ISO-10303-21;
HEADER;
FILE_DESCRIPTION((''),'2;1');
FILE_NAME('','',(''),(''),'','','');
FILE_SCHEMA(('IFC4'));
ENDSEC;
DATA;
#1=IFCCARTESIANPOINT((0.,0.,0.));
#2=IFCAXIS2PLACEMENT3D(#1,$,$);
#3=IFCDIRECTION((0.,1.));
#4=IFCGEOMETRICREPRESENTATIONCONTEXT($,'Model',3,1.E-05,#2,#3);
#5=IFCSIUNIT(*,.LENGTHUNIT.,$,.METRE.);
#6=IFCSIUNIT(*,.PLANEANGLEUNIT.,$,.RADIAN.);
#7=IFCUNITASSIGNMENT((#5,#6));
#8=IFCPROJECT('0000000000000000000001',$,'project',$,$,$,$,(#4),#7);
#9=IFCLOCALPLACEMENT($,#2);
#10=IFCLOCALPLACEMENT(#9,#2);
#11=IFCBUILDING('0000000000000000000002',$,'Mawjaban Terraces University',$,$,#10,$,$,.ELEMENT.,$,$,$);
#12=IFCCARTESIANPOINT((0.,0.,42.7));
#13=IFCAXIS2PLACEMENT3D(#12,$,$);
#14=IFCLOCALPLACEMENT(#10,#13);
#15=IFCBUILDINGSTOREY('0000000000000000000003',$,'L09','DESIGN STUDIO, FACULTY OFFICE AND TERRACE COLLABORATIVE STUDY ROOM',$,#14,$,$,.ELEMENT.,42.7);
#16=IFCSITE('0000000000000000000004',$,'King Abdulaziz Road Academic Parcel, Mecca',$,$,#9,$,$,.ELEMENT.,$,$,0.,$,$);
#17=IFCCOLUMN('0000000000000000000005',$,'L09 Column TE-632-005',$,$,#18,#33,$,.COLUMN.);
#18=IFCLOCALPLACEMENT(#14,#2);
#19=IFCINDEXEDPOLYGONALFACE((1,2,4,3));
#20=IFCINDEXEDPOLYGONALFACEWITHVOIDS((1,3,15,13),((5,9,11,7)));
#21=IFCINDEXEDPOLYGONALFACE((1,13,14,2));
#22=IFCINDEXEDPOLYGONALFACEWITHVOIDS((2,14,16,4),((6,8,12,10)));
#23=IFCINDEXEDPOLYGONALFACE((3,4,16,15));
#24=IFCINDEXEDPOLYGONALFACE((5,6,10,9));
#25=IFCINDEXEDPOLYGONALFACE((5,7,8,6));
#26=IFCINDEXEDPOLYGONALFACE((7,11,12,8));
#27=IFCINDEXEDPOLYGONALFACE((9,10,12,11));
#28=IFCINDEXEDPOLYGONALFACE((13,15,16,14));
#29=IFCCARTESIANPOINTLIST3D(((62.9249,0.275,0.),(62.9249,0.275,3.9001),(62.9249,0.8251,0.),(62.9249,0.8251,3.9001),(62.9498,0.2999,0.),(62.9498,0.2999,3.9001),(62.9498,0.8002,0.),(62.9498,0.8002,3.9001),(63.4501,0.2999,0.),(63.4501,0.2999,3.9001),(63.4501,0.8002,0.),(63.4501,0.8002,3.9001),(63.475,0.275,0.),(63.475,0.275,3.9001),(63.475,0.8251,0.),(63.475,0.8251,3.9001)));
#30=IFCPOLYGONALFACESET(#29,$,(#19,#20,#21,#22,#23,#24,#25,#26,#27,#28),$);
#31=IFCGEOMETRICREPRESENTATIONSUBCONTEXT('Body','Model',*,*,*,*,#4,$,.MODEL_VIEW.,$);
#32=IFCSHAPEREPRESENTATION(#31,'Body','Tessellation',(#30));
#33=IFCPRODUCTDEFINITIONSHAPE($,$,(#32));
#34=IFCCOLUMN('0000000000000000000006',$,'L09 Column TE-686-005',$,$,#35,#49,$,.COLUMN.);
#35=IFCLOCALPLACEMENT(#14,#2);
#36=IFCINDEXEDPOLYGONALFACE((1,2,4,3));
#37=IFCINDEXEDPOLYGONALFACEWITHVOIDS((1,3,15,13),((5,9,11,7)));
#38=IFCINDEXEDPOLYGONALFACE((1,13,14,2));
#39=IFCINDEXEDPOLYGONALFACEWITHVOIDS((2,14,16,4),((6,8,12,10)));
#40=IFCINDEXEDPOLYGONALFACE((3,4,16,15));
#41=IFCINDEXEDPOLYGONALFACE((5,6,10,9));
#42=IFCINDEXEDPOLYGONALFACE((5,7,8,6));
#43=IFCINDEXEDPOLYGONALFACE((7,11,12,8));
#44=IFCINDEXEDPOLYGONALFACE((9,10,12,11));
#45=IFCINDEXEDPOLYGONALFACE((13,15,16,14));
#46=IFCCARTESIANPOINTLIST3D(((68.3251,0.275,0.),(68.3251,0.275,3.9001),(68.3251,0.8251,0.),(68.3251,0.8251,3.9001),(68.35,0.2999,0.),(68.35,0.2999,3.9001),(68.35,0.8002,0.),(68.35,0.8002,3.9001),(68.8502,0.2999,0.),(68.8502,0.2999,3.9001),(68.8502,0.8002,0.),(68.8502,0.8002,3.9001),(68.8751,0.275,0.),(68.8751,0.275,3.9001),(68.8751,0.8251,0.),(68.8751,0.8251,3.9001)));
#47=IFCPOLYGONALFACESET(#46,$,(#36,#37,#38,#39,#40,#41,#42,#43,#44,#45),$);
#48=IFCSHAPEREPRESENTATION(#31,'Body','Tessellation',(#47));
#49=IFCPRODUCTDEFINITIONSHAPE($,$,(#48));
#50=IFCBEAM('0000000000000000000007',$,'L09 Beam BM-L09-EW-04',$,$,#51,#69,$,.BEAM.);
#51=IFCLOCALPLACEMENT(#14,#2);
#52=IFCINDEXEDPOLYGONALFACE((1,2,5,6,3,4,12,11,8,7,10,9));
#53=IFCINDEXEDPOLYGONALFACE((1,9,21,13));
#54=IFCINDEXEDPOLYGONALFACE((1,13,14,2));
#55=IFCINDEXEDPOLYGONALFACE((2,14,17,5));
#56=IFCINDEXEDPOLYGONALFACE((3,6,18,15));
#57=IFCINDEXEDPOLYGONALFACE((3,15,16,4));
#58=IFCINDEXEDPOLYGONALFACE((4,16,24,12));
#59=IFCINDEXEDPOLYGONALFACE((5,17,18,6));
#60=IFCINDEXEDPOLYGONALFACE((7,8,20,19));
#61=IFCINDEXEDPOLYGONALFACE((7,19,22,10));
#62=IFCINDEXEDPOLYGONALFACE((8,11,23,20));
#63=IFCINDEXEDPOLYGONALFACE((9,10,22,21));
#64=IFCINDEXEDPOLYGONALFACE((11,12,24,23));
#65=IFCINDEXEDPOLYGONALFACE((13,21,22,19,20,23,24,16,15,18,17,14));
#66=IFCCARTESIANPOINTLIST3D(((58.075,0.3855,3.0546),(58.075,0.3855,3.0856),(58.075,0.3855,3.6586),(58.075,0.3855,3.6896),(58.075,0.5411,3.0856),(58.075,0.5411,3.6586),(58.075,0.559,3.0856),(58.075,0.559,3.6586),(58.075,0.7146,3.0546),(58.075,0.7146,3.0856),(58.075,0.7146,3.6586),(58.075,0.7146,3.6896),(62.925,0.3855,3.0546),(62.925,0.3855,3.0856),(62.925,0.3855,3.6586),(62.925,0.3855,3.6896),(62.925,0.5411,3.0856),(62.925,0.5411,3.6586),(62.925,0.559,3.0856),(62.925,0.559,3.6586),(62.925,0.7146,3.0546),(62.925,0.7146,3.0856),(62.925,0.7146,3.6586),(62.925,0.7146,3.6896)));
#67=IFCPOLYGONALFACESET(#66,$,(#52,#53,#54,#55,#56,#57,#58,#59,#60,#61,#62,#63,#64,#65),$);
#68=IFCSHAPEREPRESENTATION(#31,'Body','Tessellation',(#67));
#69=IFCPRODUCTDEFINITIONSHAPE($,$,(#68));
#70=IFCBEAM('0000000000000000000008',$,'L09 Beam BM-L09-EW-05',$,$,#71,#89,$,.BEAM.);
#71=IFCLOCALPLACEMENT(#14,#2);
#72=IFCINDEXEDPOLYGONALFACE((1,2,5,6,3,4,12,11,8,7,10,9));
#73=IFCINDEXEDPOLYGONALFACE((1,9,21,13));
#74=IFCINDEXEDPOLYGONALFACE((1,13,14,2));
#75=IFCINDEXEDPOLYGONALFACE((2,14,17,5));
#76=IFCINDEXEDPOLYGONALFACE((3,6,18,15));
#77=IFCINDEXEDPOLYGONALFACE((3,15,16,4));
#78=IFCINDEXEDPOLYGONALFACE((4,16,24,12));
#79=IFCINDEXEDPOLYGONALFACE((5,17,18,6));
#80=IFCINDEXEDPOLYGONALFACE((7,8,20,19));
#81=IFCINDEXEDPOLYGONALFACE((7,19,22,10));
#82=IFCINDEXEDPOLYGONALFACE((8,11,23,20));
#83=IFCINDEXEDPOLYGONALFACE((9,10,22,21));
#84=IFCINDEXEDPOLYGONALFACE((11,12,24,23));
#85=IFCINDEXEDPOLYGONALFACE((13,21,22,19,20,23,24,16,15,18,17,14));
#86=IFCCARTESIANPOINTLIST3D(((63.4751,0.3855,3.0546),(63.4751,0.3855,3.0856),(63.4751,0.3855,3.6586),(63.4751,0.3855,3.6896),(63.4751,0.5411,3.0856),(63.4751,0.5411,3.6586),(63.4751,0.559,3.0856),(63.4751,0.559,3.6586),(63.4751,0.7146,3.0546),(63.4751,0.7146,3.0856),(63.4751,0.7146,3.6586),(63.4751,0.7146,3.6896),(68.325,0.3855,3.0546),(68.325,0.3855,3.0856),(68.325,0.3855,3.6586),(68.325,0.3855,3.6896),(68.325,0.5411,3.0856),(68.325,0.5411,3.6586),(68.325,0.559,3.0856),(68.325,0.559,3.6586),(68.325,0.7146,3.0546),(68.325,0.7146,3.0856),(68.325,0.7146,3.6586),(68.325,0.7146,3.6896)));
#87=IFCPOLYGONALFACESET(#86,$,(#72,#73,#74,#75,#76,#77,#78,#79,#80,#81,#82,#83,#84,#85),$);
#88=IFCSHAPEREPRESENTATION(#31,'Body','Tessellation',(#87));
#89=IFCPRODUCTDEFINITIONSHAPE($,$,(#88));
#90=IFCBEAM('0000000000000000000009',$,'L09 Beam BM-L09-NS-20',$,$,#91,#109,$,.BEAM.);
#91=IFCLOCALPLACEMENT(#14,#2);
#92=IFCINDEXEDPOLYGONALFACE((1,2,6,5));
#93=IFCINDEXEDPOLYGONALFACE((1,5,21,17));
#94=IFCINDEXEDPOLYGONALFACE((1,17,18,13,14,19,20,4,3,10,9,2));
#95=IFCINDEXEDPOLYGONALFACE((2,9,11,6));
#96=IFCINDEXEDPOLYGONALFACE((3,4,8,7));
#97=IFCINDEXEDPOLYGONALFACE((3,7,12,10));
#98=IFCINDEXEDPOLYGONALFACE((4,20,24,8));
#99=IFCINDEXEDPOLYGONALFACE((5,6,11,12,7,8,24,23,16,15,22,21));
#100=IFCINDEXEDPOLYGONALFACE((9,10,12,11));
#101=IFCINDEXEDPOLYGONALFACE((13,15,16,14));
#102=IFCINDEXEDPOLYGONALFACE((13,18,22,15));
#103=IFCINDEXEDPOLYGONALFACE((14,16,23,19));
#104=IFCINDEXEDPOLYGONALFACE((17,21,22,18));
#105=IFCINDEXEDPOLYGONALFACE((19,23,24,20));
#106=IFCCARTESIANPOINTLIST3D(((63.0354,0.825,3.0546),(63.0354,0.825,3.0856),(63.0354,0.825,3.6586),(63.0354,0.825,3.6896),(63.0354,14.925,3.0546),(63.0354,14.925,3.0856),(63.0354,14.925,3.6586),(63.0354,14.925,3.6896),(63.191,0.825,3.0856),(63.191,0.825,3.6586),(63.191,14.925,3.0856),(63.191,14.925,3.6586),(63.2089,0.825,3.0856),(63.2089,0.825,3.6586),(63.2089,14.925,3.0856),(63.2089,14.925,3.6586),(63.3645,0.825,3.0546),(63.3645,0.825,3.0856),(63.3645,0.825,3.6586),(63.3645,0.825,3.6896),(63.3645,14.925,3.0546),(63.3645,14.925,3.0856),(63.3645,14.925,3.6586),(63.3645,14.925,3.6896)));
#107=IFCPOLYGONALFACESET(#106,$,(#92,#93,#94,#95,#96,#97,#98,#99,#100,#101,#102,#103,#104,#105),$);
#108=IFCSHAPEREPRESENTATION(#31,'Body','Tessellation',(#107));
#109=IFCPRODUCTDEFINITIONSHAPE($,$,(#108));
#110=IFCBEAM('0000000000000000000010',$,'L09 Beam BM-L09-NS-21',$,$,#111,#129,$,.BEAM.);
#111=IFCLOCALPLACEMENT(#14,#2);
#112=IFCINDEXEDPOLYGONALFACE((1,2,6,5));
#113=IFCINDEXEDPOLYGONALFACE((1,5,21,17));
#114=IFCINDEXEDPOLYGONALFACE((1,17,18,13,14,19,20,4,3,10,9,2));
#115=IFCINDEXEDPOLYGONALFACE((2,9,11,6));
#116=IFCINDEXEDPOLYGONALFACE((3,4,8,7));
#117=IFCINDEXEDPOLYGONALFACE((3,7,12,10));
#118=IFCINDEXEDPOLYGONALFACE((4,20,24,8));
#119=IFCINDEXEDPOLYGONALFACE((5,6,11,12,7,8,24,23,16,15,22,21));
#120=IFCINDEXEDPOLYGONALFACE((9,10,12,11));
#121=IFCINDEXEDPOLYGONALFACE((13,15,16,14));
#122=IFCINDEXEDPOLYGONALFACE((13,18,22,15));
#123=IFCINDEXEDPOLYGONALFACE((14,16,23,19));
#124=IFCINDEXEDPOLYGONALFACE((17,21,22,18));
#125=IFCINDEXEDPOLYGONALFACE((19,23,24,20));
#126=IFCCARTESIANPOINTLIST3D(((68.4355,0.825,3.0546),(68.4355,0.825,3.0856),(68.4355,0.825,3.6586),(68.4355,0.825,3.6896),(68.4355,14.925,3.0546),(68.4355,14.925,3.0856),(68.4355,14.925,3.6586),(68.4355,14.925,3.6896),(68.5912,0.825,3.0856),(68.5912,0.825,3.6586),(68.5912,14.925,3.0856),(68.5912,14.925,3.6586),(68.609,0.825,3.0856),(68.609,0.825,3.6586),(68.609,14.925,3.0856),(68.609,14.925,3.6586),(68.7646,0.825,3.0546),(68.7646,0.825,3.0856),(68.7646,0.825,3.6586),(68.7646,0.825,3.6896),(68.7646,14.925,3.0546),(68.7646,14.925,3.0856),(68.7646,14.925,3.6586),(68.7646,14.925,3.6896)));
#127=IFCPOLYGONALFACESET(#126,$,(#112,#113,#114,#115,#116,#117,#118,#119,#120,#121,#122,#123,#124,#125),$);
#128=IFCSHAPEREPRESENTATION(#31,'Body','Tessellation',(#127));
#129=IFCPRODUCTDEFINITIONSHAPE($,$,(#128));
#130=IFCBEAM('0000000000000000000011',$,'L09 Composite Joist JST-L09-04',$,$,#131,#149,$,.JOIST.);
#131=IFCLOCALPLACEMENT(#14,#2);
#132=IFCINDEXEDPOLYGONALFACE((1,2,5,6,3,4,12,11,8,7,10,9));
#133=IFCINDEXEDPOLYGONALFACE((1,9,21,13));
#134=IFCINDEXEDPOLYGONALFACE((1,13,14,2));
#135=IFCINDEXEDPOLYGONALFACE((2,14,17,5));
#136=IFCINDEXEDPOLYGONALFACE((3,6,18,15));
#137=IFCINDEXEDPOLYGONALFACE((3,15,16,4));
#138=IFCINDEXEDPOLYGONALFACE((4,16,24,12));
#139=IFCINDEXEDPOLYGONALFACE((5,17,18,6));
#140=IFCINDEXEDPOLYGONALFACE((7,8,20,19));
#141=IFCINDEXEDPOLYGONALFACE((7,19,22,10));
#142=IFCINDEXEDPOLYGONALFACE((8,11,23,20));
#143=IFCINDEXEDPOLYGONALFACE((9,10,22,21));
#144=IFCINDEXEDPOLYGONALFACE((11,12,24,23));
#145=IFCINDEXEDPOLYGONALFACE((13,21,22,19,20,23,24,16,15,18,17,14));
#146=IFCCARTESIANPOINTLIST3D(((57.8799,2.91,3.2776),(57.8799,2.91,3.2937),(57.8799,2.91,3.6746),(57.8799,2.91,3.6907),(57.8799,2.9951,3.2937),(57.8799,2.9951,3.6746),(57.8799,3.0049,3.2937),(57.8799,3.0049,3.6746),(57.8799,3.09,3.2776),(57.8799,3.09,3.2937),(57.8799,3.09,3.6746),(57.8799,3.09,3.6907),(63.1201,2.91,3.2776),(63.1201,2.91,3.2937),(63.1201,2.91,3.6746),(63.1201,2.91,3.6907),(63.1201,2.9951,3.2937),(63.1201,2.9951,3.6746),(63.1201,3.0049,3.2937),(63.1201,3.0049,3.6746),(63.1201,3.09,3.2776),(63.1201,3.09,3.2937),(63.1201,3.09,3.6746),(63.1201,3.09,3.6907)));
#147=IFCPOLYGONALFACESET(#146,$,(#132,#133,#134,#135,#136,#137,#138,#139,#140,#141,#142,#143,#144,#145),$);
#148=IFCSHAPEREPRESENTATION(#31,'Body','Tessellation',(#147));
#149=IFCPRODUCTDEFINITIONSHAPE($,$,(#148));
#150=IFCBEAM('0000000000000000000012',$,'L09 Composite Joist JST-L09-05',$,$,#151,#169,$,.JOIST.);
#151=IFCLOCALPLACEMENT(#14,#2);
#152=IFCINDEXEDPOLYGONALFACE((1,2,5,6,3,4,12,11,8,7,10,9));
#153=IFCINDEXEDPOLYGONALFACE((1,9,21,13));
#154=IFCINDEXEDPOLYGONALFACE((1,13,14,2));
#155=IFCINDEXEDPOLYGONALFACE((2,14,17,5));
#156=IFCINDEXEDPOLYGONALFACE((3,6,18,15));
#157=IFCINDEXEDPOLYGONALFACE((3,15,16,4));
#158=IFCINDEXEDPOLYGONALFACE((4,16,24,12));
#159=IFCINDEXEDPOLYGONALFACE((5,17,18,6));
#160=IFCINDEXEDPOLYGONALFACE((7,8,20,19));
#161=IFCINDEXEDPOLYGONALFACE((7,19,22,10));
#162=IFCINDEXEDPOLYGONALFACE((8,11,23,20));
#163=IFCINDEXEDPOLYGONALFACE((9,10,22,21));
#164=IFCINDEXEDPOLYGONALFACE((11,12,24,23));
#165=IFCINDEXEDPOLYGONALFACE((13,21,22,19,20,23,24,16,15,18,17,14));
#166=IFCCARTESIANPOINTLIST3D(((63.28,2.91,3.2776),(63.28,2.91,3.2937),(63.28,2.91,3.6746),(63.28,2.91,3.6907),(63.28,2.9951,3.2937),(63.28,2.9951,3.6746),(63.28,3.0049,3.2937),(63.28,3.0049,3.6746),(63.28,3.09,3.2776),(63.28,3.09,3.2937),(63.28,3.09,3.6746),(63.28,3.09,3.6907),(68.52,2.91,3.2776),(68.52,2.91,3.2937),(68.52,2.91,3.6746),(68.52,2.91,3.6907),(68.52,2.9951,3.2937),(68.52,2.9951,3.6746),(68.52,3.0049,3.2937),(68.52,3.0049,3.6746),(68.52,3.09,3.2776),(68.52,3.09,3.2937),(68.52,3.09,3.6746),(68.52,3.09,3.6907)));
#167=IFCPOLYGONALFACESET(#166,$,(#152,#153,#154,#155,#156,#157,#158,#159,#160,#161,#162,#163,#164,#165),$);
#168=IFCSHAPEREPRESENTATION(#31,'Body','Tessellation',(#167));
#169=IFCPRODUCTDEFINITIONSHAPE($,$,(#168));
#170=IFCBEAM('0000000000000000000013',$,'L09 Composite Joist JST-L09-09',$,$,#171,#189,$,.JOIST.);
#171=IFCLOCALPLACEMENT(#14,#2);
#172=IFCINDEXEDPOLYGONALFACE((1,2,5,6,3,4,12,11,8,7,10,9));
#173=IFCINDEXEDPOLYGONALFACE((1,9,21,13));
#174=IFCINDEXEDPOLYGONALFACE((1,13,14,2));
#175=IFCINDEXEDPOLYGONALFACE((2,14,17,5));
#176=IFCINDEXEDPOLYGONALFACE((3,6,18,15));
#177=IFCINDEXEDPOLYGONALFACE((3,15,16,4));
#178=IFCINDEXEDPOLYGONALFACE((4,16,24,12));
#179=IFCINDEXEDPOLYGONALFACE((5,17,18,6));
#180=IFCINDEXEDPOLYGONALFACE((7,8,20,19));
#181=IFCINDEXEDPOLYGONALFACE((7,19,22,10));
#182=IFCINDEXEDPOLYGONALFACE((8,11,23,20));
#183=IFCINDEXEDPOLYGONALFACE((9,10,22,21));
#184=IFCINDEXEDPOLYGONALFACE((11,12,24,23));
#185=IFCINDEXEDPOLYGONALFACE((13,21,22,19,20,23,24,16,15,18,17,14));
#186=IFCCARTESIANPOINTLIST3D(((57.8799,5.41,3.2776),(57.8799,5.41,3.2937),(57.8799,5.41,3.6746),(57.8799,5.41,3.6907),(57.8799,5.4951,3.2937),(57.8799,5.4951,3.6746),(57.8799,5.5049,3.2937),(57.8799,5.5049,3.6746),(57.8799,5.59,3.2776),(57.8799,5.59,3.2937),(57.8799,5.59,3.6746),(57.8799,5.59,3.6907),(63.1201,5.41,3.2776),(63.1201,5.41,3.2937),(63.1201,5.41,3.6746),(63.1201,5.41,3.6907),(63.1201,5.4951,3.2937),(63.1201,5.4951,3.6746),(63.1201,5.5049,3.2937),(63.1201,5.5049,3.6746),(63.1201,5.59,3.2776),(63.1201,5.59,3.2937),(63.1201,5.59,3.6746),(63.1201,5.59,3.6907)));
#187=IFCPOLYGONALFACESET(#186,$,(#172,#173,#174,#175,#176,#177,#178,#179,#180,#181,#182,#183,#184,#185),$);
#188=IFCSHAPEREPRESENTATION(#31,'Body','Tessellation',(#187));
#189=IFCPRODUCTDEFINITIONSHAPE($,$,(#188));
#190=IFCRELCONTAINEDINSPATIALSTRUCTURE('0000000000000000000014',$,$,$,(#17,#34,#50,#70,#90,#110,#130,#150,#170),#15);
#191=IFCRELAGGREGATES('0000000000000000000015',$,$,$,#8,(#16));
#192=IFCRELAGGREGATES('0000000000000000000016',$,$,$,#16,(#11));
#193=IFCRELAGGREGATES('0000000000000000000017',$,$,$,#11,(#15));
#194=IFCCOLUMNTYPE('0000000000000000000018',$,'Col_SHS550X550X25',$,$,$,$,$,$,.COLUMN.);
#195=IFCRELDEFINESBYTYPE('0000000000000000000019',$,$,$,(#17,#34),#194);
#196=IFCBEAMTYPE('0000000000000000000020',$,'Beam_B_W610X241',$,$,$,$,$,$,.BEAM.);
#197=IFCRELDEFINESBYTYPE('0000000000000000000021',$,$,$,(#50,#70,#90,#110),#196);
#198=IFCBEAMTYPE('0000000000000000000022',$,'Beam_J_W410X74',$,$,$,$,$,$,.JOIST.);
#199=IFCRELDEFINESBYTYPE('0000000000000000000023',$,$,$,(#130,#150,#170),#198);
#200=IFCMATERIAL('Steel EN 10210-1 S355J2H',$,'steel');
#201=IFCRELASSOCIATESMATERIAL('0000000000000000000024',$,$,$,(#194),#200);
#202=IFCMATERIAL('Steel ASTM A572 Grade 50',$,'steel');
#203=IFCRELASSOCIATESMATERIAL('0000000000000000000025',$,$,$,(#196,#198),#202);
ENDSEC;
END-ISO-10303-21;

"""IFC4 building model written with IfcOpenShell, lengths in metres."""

from ifc_helpers import new_model, si_unit, direction, frame, origin, origin_2d, place, context, subcontext, project, spatial, hollow_rectangle, i_section, extrude, material, material_profile, profile_set, type_object, element, save


model = new_model("IFC4")

# Units and contexts
model_context = context("Model", 3, precision=1e-05, world=origin(), true_north=direction((0.0, 1.0)))
body_context = subcontext(model_context, "Body", "Model", "MODEL_VIEW")
ifc_project = project(units=[si_unit("LENGTHUNIT", "METRE"), si_unit("PLANEANGLEUNIT", "RADIAN")], contexts=[model_context])

# Site, building, storey
site_placement = place(None, origin())
site = spatial("IfcSite", under=ifc_project, at=site_placement, Name="King Abdulaziz Road Academic Parcel, Mecca", CompositionType="ELEMENT", RefElevation=0.0)
building_placement = place(site_placement, origin())
building = spatial("IfcBuilding", under=site, at=building_placement, Name="Mawjaban Terraces University", CompositionType="ELEMENT")
storey_placement = place(building_placement, frame((0.0, 0.0, 42.7)))
storey = spatial("IfcBuildingStorey", under=building, at=storey_placement, Name="L09", Description="DESIGN STUDIO, FACULTY OFFICE AND TERRACE COLLABORATIVE STUDY ROOM", CompositionType="ELEMENT", Elevation=42.7)

# Columns
ifc_material_1 = material(Name="Steel EN 10210-1 S355J2H", Category="steel")
ifc_material_profile_1 = material_profile(ifc_material_1, hollow_rectangle(XDim=0.55, YDim=0.55, WallThickness=0.0249, at=origin_2d()), Name="SHS550X550X25")
ifc_profile_set_1 = profile_set([ifc_material_profile_1], Name="Steel EN 10210-1 S355J2H")
column_type = type_object("IfcColumnType", Name="Col_SHS550X550X25", PredefinedType="COLUMN", material=ifc_profile_set_1)
for number, where, z_axis, x_axis, name in (
    (1, (63.2, 0.55, 0.0), (0.0, 0.0, 1.0), (1.0, 0.0, 0.0), "L09 Column TE-632-005"),
    (2, (68.6001, 0.55, 0.0), (0.0, 0.0, 1.0), (1.0, 0.0, 0.0), "L09 Column TE-686-005"),
):
    element("IfcColumn", number, at=place(storey_placement, frame(where, z_axis=z_axis, x_axis=x_axis)), inside=storey, type_object=column_type, Name=name, PredefinedType="COLUMN", context=body_context, shape_type="SweptSolid", body=[
        extrude(hollow_rectangle(XDim=0.55, YDim=0.55, WallThickness=0.0249, at=origin_2d()), origin(), (0.0, 0.0, 1.0), 3.9001),
    ])

# Beams
ifc_material_2 = material(Name="Steel ASTM A572 Grade 50", Category="steel")
ifc_material_profile_2 = material_profile(ifc_material_2, i_section(OverallWidth=0.3291, OverallDepth=0.635, WebThickness=0.0178, FlangeThickness=0.031, at=origin_2d()), Name="W610X241")
ifc_profile_set_2 = profile_set([ifc_material_profile_2], Name="Steel ASTM A572 Grade 50")
beam_type_1 = type_object("IfcBeamType", Name="Beam_B_W610X241", PredefinedType="BEAM", material=ifc_profile_set_2)
beam_1_placement = place(storey_placement, frame((58.075, 0.55, 3.3721), z_axis=(1.0, 0.0, 0.0), x_axis=(0.0, 1.0, 0.0)))
element("IfcBeam", 3, at=beam_1_placement, inside=storey, type_object=beam_type_1, Name="L09 Beam BM-L09-EW-04", PredefinedType="BEAM", context=body_context, shape_type="SweptSolid", body=[
    extrude(i_section(OverallWidth=0.3291, OverallDepth=0.635, WebThickness=0.0178, FlangeThickness=0.031, at=origin_2d()), origin(), (0.0, 0.0, 1.0), 4.8501),
])
beam_2_placement = place(storey_placement, frame((63.4751, 0.55, 3.3721), z_axis=(1.0, 0.0, 0.0), x_axis=(0.0, 1.0, 0.0)))
element("IfcBeam", 4, at=beam_2_placement, inside=storey, type_object=beam_type_1, Name="L09 Beam BM-L09-EW-05", PredefinedType="BEAM", context=body_context, shape_type="SweptSolid", body=[
    extrude(i_section(OverallWidth=0.3291, OverallDepth=0.635, WebThickness=0.0178, FlangeThickness=0.031, at=origin_2d()), origin(), (0.0, 0.0, 1.0), 4.8499),
])
for number, where, z_axis, x_axis, name in (
    (5, (63.2, 0.825, 3.3721), (0.0, 1.0, 0.0), (-1.0, 0.0, 0.0), "L09 Beam BM-L09-NS-20"),
    (6, (68.6001, 0.825, 3.3721), (0.0, 1.0, 0.0), (-1.0, 0.0, 0.0), "L09 Beam BM-L09-NS-21"),
):
    element("IfcBeam", number, at=place(storey_placement, frame(where, z_axis=z_axis, x_axis=x_axis)), inside=storey, type_object=beam_type_1, Name=name, PredefinedType="BEAM", context=body_context, shape_type="SweptSolid", body=[
        extrude(i_section(OverallWidth=0.3291, OverallDepth=0.635, WebThickness=0.0178, FlangeThickness=0.031, at=origin_2d()), origin(), (0.0, 0.0, 1.0), 14.1001),
    ])
ifc_material_profile_3 = material_profile(ifc_material_2, i_section(OverallWidth=0.1799, OverallDepth=0.4131, WebThickness=0.0098, FlangeThickness=0.0161, at=origin_2d()), Name="W410X74")
ifc_profile_set_3 = profile_set([ifc_material_profile_3], Name="Steel ASTM A572 Grade 50")
beam_type_2 = type_object("IfcBeamType", Name="Beam_J_W410X74", PredefinedType="JOIST", material=ifc_profile_set_3)
beam_3_placement = place(storey_placement, frame((57.8799, 3.0, 3.4841), z_axis=(1.0, 0.0, 0.0), x_axis=(0.0, 1.0, 0.0)))
element("IfcBeam", 7, at=beam_3_placement, inside=storey, type_object=beam_type_2, Name="L09 Composite Joist JST-L09-04", PredefinedType="JOIST", context=body_context, shape_type="SweptSolid", body=[
    extrude(i_section(OverallWidth=0.1799, OverallDepth=0.4131, WebThickness=0.0098, FlangeThickness=0.0161, at=origin_2d()), origin(), (0.0, 0.0, 1.0), 5.2402),
])
beam_4_placement = place(storey_placement, frame((63.28, 3.0, 3.4841), z_axis=(1.0, 0.0, 0.0), x_axis=(0.0, 1.0, 0.0)))
element("IfcBeam", 8, at=beam_4_placement, inside=storey, type_object=beam_type_2, Name="L09 Composite Joist JST-L09-05", PredefinedType="JOIST", context=body_context, shape_type="SweptSolid", body=[
    extrude(i_section(OverallWidth=0.1799, OverallDepth=0.4131, WebThickness=0.0098, FlangeThickness=0.0161, at=origin_2d()), origin(), (0.0, 0.0, 1.0), 5.24),
])
beam_5_placement = place(storey_placement, frame((57.8799, 5.5, 3.4841), z_axis=(1.0, 0.0, 0.0), x_axis=(0.0, 1.0, 0.0)))
element("IfcBeam", 9, at=beam_5_placement, inside=storey, type_object=beam_type_2, Name="L09 Composite Joist JST-L09-09", PredefinedType="JOIST", context=body_context, shape_type="SweptSolid", body=[
    extrude(i_section(OverallWidth=0.1799, OverallDepth=0.4131, WebThickness=0.0098, FlangeThickness=0.0161, at=origin_2d()), origin(), (0.0, 0.0, 1.0), 5.2402),
])

save(model, "model.ifc")
